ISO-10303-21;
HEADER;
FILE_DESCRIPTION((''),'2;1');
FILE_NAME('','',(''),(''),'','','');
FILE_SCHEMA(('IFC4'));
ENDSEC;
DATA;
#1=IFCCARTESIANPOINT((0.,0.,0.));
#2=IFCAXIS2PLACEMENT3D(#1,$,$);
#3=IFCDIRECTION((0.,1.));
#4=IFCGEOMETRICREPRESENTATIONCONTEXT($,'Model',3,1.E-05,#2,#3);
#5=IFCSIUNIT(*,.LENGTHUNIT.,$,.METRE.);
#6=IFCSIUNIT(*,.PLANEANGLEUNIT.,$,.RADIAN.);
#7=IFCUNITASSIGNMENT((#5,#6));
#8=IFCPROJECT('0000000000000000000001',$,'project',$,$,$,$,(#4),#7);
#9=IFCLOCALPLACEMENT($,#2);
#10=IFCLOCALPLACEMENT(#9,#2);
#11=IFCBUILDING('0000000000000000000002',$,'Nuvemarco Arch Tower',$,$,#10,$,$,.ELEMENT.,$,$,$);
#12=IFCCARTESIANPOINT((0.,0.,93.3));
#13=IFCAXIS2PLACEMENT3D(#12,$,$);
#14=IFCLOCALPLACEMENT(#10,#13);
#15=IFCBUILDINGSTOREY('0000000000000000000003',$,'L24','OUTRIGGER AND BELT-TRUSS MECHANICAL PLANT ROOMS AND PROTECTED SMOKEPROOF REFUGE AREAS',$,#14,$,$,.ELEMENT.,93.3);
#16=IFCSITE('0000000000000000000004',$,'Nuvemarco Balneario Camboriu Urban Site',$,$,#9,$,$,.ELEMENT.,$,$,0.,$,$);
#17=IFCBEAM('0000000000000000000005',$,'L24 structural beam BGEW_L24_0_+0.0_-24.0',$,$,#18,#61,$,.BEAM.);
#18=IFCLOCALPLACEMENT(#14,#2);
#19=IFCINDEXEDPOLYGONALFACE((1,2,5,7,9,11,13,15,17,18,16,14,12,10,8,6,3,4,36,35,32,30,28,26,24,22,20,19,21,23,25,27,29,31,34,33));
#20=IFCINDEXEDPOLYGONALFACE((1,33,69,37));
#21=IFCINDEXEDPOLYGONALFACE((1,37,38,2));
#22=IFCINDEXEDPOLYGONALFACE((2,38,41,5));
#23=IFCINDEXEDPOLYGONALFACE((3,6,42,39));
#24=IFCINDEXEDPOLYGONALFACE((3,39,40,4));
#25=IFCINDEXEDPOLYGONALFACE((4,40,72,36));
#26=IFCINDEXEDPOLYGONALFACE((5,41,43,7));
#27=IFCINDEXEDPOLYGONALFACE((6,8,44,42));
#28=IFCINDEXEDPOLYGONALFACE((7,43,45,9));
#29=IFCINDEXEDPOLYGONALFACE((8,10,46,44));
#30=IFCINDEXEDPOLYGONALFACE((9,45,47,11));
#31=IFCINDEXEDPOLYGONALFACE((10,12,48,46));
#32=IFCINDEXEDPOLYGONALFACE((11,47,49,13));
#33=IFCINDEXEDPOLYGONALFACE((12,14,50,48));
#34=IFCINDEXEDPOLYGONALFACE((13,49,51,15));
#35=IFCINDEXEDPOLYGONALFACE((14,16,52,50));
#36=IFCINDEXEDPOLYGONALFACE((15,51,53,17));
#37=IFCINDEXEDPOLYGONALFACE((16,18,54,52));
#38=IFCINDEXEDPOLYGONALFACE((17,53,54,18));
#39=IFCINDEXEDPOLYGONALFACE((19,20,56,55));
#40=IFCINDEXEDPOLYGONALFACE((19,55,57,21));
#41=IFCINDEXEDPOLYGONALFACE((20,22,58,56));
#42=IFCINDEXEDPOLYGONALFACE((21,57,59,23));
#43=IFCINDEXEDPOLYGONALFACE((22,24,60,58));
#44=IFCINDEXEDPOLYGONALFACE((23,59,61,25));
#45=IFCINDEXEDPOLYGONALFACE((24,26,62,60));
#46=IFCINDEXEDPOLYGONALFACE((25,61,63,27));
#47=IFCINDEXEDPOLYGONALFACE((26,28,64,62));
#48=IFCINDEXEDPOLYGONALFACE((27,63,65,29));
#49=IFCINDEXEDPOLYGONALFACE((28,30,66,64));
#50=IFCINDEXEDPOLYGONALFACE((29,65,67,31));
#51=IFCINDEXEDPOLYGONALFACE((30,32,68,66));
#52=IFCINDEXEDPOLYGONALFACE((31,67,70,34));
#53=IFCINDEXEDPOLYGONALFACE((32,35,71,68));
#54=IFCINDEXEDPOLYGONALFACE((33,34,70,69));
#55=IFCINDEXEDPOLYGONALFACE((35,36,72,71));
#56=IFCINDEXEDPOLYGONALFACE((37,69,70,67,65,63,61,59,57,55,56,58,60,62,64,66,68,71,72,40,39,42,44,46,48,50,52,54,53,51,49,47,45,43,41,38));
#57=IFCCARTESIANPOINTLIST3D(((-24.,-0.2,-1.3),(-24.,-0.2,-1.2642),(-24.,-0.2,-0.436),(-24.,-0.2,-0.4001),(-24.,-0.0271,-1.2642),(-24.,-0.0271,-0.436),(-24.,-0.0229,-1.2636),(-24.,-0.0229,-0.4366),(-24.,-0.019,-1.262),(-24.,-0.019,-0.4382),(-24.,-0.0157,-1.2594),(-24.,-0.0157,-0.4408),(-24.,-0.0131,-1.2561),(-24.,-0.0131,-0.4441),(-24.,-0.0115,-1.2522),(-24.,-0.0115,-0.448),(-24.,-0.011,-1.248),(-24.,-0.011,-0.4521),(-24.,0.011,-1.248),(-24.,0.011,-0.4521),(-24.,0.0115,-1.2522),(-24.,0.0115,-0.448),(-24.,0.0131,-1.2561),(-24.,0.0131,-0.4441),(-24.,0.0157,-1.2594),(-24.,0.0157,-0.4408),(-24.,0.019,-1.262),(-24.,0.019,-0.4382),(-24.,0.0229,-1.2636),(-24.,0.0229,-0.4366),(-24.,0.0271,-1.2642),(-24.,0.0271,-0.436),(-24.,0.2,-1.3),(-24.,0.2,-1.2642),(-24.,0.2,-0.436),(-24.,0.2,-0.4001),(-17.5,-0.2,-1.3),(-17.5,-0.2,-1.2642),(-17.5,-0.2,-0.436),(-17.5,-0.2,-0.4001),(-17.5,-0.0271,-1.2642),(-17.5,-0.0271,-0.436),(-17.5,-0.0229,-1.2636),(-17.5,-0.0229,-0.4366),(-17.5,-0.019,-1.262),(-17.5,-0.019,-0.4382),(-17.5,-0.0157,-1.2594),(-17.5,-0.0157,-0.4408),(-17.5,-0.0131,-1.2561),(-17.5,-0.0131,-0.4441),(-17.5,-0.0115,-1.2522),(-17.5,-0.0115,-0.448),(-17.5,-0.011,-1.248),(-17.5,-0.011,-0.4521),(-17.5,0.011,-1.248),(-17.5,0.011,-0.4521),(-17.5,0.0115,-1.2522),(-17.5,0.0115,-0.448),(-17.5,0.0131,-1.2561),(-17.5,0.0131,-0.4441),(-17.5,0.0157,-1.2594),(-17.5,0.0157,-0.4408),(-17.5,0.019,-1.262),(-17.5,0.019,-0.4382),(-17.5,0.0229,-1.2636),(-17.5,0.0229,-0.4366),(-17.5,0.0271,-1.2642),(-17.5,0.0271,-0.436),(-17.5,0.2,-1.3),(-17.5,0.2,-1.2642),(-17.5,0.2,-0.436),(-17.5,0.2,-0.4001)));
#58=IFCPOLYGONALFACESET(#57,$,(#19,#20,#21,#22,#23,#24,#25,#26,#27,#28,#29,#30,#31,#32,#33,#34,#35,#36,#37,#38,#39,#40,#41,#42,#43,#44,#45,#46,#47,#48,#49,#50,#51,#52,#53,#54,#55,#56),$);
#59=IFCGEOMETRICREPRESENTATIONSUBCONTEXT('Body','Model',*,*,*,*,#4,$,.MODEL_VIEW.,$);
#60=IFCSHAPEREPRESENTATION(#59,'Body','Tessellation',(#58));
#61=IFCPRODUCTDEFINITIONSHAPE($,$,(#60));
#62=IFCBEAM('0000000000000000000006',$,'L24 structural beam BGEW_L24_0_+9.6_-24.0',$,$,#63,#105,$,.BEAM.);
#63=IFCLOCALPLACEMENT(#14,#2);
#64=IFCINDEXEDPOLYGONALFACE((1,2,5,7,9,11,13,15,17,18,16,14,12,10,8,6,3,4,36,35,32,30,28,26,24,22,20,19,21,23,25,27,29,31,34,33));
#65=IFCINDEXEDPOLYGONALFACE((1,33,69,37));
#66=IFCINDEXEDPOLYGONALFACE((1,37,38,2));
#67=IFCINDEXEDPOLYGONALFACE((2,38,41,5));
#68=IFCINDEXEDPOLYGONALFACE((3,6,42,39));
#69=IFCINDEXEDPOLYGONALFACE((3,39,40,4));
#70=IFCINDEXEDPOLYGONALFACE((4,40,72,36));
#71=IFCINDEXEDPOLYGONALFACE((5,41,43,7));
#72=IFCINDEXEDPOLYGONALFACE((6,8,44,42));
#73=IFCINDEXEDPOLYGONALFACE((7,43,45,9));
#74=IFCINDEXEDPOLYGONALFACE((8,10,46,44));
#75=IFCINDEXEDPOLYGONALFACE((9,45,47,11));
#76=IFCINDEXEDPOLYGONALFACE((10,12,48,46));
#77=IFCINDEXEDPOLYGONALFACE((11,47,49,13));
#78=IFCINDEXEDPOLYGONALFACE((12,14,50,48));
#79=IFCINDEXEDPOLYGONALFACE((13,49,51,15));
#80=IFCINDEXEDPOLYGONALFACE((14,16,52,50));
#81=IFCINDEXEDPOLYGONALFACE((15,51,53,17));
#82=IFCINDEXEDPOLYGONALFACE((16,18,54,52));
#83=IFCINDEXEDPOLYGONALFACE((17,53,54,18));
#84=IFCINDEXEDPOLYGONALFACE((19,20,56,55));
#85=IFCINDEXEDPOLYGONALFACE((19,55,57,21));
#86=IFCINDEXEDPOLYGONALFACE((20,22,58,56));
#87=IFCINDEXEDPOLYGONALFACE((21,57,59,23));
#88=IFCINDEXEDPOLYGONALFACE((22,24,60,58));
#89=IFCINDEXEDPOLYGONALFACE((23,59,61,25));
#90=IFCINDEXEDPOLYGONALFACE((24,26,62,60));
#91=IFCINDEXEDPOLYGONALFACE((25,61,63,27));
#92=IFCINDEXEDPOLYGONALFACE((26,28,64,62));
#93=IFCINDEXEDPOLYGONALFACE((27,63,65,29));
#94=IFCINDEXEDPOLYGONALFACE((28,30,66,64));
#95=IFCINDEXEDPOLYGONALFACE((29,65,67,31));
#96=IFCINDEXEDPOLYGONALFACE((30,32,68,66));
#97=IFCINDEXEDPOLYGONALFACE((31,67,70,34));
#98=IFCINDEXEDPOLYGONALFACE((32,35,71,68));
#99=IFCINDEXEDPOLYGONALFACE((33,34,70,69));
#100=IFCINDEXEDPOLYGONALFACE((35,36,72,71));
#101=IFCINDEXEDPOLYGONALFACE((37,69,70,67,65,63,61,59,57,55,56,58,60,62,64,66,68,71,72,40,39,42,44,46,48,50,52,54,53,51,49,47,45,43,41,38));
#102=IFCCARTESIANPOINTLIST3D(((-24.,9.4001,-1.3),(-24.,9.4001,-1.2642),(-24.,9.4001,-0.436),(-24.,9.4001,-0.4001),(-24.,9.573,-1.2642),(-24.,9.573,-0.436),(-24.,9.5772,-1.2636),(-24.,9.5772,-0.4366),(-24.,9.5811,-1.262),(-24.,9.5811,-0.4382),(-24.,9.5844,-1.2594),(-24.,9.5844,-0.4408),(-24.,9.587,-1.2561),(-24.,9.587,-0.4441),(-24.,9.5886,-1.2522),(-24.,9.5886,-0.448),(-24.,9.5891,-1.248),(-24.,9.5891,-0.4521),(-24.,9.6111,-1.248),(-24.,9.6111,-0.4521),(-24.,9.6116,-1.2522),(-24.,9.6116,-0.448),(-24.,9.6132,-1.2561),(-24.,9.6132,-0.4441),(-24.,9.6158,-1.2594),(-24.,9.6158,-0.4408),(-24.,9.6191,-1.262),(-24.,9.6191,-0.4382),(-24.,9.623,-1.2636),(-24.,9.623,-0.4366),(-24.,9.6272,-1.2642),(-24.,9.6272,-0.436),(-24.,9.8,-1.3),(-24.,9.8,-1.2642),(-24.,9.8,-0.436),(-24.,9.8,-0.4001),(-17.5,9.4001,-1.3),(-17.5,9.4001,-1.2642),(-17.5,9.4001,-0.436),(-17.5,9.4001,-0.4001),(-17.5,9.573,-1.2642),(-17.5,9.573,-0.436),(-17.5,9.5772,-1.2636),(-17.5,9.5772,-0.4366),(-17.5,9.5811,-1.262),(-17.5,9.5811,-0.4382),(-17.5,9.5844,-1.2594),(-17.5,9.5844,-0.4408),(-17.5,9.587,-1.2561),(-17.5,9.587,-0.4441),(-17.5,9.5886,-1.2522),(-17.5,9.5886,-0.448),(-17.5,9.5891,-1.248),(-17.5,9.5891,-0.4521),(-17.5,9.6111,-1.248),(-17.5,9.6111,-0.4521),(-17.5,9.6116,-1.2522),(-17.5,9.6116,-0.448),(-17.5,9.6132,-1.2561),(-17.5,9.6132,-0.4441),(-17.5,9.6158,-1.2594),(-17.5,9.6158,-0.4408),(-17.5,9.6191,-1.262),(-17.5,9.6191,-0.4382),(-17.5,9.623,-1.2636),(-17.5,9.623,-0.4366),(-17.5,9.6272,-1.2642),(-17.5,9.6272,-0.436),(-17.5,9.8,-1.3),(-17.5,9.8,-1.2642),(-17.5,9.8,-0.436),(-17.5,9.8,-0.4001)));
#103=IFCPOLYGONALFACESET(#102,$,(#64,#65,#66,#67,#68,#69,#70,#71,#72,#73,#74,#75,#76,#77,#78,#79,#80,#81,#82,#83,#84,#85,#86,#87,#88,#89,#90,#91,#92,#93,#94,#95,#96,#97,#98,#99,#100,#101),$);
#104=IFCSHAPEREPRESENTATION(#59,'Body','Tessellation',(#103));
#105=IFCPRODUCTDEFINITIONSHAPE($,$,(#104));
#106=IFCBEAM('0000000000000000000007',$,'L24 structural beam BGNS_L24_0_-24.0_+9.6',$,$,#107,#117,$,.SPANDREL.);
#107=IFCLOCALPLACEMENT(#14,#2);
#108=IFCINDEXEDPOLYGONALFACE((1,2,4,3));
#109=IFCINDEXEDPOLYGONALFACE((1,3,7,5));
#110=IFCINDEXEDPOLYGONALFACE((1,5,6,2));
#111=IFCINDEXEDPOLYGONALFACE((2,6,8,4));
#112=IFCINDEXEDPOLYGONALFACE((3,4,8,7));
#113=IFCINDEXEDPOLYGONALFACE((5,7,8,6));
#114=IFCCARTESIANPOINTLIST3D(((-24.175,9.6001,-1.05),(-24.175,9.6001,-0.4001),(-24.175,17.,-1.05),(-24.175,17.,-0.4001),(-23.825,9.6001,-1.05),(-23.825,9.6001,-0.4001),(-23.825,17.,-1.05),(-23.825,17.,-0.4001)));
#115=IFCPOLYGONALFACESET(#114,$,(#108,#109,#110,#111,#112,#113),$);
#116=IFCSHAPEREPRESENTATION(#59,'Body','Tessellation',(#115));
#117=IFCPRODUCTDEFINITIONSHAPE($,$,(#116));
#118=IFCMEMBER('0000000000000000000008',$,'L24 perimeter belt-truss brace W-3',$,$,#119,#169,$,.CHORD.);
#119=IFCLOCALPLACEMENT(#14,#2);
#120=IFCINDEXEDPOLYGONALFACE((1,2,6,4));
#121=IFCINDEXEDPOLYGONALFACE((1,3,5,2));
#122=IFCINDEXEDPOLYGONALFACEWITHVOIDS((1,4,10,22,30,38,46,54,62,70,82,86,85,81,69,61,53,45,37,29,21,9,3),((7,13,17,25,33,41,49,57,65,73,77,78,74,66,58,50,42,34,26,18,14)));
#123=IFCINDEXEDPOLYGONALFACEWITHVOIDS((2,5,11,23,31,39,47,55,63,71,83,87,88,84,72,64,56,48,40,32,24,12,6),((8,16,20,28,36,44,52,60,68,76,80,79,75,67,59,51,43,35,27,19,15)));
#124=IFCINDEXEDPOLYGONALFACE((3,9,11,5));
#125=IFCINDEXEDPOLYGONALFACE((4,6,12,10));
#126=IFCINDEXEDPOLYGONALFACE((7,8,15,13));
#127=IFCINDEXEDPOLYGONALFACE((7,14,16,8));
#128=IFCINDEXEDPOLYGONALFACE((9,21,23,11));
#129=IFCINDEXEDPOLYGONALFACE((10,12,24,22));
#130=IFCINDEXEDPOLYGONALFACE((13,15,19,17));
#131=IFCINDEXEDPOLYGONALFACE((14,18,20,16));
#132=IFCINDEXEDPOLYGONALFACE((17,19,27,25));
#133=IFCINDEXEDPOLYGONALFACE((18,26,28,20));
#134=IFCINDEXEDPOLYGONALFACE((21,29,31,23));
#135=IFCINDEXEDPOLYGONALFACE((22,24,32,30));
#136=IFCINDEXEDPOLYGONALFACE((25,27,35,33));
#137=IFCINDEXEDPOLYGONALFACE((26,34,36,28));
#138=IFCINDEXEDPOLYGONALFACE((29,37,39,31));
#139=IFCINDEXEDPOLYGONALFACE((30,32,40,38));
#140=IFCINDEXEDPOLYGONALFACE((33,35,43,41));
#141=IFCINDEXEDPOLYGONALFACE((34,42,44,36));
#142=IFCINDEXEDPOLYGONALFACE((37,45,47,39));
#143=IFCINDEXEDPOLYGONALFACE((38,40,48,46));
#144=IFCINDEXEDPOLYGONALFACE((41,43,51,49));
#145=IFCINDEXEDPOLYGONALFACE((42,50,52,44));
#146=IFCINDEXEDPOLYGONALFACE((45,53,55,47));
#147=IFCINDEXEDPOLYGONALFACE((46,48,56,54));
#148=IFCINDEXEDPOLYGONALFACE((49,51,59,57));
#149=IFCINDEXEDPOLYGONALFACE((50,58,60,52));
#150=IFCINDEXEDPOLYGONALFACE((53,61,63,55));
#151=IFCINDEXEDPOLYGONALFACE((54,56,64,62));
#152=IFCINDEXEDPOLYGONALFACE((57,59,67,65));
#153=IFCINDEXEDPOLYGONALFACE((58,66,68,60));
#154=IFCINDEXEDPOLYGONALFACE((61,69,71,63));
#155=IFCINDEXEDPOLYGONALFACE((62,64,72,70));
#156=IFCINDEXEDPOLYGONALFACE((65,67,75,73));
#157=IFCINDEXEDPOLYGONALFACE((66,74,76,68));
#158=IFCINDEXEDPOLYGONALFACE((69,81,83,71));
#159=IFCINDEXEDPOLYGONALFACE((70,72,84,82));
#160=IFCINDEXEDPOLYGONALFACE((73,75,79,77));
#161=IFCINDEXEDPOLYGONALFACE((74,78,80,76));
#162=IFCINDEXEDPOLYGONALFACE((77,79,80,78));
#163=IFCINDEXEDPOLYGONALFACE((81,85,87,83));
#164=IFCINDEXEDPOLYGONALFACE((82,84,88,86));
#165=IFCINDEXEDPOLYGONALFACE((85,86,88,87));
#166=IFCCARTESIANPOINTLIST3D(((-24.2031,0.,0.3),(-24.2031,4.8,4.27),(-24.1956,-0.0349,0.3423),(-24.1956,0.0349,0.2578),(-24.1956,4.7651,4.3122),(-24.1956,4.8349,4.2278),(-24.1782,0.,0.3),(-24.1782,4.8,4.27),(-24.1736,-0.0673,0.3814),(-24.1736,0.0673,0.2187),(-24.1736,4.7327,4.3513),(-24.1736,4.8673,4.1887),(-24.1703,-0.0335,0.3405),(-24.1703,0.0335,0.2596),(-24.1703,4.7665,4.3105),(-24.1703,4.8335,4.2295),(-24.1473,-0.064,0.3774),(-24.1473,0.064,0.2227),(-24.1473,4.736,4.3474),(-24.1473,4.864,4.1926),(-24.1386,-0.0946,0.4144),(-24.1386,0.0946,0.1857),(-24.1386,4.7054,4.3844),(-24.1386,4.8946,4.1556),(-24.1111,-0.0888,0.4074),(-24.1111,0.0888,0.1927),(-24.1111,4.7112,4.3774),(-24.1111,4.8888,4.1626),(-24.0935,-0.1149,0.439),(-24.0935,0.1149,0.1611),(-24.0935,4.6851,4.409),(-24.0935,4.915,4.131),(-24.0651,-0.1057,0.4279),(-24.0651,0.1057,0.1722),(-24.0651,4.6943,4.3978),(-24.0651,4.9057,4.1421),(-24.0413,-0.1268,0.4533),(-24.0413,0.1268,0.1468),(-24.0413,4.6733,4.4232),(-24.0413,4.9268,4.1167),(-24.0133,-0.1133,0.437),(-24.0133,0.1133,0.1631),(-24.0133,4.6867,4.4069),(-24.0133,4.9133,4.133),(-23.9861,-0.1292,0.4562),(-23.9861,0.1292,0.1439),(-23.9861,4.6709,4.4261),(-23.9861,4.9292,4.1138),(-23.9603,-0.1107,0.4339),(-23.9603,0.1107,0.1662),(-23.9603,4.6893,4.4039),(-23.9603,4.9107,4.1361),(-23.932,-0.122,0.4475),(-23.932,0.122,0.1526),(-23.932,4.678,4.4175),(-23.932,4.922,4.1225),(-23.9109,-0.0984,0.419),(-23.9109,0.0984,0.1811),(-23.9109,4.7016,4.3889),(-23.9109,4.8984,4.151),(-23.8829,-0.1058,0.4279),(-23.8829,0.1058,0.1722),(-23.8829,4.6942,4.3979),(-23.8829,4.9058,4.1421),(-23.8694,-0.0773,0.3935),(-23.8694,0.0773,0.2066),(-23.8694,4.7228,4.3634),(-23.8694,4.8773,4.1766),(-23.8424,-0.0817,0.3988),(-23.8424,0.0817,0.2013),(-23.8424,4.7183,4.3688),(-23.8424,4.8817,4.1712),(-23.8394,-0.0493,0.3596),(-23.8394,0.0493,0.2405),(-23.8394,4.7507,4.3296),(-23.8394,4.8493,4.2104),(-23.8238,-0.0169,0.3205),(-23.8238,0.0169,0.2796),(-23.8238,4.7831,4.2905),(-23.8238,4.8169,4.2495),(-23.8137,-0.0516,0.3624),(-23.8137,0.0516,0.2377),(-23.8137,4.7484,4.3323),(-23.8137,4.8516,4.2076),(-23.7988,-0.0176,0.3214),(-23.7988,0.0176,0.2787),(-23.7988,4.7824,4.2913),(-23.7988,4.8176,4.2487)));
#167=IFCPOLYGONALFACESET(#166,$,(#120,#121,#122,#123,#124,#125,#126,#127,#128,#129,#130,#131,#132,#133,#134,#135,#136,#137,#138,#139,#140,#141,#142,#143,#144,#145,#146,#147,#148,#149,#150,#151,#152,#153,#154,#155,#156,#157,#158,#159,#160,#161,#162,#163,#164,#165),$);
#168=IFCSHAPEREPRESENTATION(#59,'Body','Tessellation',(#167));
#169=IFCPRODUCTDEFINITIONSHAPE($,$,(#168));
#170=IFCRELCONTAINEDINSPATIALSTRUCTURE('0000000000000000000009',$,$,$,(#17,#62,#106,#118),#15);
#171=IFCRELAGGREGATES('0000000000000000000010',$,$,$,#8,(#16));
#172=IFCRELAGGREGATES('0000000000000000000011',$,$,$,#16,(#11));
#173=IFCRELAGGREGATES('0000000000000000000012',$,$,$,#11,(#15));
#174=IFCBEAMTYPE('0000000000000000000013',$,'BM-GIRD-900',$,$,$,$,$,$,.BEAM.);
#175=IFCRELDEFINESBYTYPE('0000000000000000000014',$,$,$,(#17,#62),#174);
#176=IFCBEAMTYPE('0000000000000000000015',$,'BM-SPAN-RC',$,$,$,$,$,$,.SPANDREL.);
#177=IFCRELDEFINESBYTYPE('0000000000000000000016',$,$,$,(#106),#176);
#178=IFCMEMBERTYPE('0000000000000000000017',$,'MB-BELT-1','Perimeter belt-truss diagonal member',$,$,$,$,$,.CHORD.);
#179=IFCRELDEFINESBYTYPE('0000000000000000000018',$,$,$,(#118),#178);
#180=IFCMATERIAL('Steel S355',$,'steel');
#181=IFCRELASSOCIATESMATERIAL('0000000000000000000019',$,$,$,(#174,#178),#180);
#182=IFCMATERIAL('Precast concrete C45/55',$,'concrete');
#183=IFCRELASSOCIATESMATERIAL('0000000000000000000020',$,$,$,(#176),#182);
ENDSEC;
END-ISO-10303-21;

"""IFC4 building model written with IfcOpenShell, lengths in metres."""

from ifc_helpers import new_model, si_unit, direction, frame, origin, origin_2d, place, context, subcontext, project, spatial, rectangle, hollow_circle, i_section, extrude, material, material_profile, profile_set, type_object, element, save


model = new_model("IFC4")

# Units and contexts
model_context = context("Model", 3, precision=1e-05, world=origin(), true_north=direction((0.0, 1.0)))
body_context = subcontext(model_context, "Body", "Model", "MODEL_VIEW")
ifc_project = project(units=[si_unit("LENGTHUNIT", "METRE"), si_unit("PLANEANGLEUNIT", "RADIAN")], contexts=[model_context])

# Site, building, storey
site_placement = place(None, origin())
site = spatial("IfcSite", under=ifc_project, at=site_placement, Name="Nuvemarco Balneario Camboriu Urban Site", CompositionType="ELEMENT", RefElevation=0.0)
building_placement = place(site_placement, origin())
building = spatial("IfcBuilding", under=site, at=building_placement, Name="Nuvemarco Arch Tower", CompositionType="ELEMENT")
storey_placement = place(building_placement, frame((0.0, 0.0, 93.3)))
storey = spatial("IfcBuildingStorey", under=building, at=storey_placement, Name="L24", Description="OUTRIGGER AND BELT-TRUSS MECHANICAL PLANT ROOMS AND PROTECTED SMOKEPROOF REFUGE AREAS", CompositionType="ELEMENT", Elevation=93.3)

# Beams
ifc_material_1 = material(Name="Steel S355", Category="steel")
ifc_material_profile_1 = material_profile(ifc_material_1, i_section(OverallWidth=0.3999, OverallDepth=0.8999, WebThickness=0.022, FlangeThickness=0.0359, FilletRadius=0.0161, at=origin_2d()), Name="PG900x400")
ifc_profile_set_1 = profile_set([ifc_material_profile_1], Name="Steel S355")
beam_type_1 = type_object("IfcBeamType", Name="BM-GIRD-900", PredefinedType="BEAM", material=ifc_profile_set_1)
for number, where, z_axis, x_axis, name in (
    (1, (-24.0, 0.0, -0.8501), (1.0, 0.0, 0.0), (0.0, 1.0, 0.0), "L24 structural beam BGEW_L24_0_+0.0_-24.0"),
    (2, (-24.0, 9.6001, -0.8501), (1.0, 0.0, 0.0), (0.0, 1.0, 0.0), "L24 structural beam BGEW_L24_0_+9.6_-24.0"),
):
    element("IfcBeam", number, at=place(storey_placement, frame(where, z_axis=z_axis, x_axis=x_axis)), inside=storey, type_object=beam_type_1, Name=name, PredefinedType="BEAM", context=body_context, shape_type="SweptSolid", body=[
        extrude(i_section(OverallWidth=0.3999, OverallDepth=0.8999, WebThickness=0.022, FlangeThickness=0.0359, FilletRadius=0.0161, at=origin_2d()), origin(), (0.0, 0.0, 1.0), 6.5),
    ])
ifc_material_2 = material(Name="Precast concrete C45/55", Category="concrete")
ifc_material_profile_2 = material_profile(ifc_material_2, rectangle(XDim=0.3501, YDim=0.6499, at=origin_2d()), Name="PC-SP-350x650")
ifc_profile_set_2 = profile_set([ifc_material_profile_2], Name="Precast concrete C45/55")
beam_type_2 = type_object("IfcBeamType", Name="BM-SPAN-RC", PredefinedType="SPANDREL", material=ifc_profile_set_2)
beam_1_placement = place(storey_placement, frame((-24.0, 9.6001, -0.7251), z_axis=(0.0, 1.0, 0.0), x_axis=(-1.0, 0.0, 0.0)))
element("IfcBeam", 3, at=beam_1_placement, inside=storey, type_object=beam_type_2, Name="L24 structural beam BGNS_L24_0_-24.0_+9.6", PredefinedType="SPANDREL", context=body_context, shape_type="SweptSolid", body=[
    extrude(rectangle(XDim=0.3501, YDim=0.6499, at=origin_2d()), origin(), (0.0, 0.0, 1.0), 7.3999),
])

# Member
ifc_material_profile_3 = material_profile(ifc_material_1, hollow_circle(Radius=0.2031, WallThickness=0.0249, at=origin_2d()), Name="CHS406.4x25")
ifc_profile_set_3 = profile_set([ifc_material_profile_3], Name="Steel S355")
member_type_1 = type_object("IfcMemberType", Name="MB-BELT-1", Description="Perimeter belt-truss diagonal member", PredefinedType="CHORD", material=ifc_profile_set_3)
for number, where, z_axis, x_axis, name in (
    (4, (-24.0, 0.0, 0.3), (0.0, 0.77059, 0.637331), (-1.0, 0.0, 0.0), "L24 perimeter belt-truss brace W-3"),
):
    element("IfcMember", number, at=place(storey_placement, frame(where, z_axis=z_axis, x_axis=x_axis)), inside=storey, type_object=member_type_1, Name=name, PredefinedType="CHORD", context=body_context, shape_type="SweptSolid", body=[
        extrude(hollow_circle(Radius=0.2031, WallThickness=0.0249, at=origin_2d()), origin(), (0.0, 0.0, 1.0), 6.229),
    ])

save(model, "model.ifc")
